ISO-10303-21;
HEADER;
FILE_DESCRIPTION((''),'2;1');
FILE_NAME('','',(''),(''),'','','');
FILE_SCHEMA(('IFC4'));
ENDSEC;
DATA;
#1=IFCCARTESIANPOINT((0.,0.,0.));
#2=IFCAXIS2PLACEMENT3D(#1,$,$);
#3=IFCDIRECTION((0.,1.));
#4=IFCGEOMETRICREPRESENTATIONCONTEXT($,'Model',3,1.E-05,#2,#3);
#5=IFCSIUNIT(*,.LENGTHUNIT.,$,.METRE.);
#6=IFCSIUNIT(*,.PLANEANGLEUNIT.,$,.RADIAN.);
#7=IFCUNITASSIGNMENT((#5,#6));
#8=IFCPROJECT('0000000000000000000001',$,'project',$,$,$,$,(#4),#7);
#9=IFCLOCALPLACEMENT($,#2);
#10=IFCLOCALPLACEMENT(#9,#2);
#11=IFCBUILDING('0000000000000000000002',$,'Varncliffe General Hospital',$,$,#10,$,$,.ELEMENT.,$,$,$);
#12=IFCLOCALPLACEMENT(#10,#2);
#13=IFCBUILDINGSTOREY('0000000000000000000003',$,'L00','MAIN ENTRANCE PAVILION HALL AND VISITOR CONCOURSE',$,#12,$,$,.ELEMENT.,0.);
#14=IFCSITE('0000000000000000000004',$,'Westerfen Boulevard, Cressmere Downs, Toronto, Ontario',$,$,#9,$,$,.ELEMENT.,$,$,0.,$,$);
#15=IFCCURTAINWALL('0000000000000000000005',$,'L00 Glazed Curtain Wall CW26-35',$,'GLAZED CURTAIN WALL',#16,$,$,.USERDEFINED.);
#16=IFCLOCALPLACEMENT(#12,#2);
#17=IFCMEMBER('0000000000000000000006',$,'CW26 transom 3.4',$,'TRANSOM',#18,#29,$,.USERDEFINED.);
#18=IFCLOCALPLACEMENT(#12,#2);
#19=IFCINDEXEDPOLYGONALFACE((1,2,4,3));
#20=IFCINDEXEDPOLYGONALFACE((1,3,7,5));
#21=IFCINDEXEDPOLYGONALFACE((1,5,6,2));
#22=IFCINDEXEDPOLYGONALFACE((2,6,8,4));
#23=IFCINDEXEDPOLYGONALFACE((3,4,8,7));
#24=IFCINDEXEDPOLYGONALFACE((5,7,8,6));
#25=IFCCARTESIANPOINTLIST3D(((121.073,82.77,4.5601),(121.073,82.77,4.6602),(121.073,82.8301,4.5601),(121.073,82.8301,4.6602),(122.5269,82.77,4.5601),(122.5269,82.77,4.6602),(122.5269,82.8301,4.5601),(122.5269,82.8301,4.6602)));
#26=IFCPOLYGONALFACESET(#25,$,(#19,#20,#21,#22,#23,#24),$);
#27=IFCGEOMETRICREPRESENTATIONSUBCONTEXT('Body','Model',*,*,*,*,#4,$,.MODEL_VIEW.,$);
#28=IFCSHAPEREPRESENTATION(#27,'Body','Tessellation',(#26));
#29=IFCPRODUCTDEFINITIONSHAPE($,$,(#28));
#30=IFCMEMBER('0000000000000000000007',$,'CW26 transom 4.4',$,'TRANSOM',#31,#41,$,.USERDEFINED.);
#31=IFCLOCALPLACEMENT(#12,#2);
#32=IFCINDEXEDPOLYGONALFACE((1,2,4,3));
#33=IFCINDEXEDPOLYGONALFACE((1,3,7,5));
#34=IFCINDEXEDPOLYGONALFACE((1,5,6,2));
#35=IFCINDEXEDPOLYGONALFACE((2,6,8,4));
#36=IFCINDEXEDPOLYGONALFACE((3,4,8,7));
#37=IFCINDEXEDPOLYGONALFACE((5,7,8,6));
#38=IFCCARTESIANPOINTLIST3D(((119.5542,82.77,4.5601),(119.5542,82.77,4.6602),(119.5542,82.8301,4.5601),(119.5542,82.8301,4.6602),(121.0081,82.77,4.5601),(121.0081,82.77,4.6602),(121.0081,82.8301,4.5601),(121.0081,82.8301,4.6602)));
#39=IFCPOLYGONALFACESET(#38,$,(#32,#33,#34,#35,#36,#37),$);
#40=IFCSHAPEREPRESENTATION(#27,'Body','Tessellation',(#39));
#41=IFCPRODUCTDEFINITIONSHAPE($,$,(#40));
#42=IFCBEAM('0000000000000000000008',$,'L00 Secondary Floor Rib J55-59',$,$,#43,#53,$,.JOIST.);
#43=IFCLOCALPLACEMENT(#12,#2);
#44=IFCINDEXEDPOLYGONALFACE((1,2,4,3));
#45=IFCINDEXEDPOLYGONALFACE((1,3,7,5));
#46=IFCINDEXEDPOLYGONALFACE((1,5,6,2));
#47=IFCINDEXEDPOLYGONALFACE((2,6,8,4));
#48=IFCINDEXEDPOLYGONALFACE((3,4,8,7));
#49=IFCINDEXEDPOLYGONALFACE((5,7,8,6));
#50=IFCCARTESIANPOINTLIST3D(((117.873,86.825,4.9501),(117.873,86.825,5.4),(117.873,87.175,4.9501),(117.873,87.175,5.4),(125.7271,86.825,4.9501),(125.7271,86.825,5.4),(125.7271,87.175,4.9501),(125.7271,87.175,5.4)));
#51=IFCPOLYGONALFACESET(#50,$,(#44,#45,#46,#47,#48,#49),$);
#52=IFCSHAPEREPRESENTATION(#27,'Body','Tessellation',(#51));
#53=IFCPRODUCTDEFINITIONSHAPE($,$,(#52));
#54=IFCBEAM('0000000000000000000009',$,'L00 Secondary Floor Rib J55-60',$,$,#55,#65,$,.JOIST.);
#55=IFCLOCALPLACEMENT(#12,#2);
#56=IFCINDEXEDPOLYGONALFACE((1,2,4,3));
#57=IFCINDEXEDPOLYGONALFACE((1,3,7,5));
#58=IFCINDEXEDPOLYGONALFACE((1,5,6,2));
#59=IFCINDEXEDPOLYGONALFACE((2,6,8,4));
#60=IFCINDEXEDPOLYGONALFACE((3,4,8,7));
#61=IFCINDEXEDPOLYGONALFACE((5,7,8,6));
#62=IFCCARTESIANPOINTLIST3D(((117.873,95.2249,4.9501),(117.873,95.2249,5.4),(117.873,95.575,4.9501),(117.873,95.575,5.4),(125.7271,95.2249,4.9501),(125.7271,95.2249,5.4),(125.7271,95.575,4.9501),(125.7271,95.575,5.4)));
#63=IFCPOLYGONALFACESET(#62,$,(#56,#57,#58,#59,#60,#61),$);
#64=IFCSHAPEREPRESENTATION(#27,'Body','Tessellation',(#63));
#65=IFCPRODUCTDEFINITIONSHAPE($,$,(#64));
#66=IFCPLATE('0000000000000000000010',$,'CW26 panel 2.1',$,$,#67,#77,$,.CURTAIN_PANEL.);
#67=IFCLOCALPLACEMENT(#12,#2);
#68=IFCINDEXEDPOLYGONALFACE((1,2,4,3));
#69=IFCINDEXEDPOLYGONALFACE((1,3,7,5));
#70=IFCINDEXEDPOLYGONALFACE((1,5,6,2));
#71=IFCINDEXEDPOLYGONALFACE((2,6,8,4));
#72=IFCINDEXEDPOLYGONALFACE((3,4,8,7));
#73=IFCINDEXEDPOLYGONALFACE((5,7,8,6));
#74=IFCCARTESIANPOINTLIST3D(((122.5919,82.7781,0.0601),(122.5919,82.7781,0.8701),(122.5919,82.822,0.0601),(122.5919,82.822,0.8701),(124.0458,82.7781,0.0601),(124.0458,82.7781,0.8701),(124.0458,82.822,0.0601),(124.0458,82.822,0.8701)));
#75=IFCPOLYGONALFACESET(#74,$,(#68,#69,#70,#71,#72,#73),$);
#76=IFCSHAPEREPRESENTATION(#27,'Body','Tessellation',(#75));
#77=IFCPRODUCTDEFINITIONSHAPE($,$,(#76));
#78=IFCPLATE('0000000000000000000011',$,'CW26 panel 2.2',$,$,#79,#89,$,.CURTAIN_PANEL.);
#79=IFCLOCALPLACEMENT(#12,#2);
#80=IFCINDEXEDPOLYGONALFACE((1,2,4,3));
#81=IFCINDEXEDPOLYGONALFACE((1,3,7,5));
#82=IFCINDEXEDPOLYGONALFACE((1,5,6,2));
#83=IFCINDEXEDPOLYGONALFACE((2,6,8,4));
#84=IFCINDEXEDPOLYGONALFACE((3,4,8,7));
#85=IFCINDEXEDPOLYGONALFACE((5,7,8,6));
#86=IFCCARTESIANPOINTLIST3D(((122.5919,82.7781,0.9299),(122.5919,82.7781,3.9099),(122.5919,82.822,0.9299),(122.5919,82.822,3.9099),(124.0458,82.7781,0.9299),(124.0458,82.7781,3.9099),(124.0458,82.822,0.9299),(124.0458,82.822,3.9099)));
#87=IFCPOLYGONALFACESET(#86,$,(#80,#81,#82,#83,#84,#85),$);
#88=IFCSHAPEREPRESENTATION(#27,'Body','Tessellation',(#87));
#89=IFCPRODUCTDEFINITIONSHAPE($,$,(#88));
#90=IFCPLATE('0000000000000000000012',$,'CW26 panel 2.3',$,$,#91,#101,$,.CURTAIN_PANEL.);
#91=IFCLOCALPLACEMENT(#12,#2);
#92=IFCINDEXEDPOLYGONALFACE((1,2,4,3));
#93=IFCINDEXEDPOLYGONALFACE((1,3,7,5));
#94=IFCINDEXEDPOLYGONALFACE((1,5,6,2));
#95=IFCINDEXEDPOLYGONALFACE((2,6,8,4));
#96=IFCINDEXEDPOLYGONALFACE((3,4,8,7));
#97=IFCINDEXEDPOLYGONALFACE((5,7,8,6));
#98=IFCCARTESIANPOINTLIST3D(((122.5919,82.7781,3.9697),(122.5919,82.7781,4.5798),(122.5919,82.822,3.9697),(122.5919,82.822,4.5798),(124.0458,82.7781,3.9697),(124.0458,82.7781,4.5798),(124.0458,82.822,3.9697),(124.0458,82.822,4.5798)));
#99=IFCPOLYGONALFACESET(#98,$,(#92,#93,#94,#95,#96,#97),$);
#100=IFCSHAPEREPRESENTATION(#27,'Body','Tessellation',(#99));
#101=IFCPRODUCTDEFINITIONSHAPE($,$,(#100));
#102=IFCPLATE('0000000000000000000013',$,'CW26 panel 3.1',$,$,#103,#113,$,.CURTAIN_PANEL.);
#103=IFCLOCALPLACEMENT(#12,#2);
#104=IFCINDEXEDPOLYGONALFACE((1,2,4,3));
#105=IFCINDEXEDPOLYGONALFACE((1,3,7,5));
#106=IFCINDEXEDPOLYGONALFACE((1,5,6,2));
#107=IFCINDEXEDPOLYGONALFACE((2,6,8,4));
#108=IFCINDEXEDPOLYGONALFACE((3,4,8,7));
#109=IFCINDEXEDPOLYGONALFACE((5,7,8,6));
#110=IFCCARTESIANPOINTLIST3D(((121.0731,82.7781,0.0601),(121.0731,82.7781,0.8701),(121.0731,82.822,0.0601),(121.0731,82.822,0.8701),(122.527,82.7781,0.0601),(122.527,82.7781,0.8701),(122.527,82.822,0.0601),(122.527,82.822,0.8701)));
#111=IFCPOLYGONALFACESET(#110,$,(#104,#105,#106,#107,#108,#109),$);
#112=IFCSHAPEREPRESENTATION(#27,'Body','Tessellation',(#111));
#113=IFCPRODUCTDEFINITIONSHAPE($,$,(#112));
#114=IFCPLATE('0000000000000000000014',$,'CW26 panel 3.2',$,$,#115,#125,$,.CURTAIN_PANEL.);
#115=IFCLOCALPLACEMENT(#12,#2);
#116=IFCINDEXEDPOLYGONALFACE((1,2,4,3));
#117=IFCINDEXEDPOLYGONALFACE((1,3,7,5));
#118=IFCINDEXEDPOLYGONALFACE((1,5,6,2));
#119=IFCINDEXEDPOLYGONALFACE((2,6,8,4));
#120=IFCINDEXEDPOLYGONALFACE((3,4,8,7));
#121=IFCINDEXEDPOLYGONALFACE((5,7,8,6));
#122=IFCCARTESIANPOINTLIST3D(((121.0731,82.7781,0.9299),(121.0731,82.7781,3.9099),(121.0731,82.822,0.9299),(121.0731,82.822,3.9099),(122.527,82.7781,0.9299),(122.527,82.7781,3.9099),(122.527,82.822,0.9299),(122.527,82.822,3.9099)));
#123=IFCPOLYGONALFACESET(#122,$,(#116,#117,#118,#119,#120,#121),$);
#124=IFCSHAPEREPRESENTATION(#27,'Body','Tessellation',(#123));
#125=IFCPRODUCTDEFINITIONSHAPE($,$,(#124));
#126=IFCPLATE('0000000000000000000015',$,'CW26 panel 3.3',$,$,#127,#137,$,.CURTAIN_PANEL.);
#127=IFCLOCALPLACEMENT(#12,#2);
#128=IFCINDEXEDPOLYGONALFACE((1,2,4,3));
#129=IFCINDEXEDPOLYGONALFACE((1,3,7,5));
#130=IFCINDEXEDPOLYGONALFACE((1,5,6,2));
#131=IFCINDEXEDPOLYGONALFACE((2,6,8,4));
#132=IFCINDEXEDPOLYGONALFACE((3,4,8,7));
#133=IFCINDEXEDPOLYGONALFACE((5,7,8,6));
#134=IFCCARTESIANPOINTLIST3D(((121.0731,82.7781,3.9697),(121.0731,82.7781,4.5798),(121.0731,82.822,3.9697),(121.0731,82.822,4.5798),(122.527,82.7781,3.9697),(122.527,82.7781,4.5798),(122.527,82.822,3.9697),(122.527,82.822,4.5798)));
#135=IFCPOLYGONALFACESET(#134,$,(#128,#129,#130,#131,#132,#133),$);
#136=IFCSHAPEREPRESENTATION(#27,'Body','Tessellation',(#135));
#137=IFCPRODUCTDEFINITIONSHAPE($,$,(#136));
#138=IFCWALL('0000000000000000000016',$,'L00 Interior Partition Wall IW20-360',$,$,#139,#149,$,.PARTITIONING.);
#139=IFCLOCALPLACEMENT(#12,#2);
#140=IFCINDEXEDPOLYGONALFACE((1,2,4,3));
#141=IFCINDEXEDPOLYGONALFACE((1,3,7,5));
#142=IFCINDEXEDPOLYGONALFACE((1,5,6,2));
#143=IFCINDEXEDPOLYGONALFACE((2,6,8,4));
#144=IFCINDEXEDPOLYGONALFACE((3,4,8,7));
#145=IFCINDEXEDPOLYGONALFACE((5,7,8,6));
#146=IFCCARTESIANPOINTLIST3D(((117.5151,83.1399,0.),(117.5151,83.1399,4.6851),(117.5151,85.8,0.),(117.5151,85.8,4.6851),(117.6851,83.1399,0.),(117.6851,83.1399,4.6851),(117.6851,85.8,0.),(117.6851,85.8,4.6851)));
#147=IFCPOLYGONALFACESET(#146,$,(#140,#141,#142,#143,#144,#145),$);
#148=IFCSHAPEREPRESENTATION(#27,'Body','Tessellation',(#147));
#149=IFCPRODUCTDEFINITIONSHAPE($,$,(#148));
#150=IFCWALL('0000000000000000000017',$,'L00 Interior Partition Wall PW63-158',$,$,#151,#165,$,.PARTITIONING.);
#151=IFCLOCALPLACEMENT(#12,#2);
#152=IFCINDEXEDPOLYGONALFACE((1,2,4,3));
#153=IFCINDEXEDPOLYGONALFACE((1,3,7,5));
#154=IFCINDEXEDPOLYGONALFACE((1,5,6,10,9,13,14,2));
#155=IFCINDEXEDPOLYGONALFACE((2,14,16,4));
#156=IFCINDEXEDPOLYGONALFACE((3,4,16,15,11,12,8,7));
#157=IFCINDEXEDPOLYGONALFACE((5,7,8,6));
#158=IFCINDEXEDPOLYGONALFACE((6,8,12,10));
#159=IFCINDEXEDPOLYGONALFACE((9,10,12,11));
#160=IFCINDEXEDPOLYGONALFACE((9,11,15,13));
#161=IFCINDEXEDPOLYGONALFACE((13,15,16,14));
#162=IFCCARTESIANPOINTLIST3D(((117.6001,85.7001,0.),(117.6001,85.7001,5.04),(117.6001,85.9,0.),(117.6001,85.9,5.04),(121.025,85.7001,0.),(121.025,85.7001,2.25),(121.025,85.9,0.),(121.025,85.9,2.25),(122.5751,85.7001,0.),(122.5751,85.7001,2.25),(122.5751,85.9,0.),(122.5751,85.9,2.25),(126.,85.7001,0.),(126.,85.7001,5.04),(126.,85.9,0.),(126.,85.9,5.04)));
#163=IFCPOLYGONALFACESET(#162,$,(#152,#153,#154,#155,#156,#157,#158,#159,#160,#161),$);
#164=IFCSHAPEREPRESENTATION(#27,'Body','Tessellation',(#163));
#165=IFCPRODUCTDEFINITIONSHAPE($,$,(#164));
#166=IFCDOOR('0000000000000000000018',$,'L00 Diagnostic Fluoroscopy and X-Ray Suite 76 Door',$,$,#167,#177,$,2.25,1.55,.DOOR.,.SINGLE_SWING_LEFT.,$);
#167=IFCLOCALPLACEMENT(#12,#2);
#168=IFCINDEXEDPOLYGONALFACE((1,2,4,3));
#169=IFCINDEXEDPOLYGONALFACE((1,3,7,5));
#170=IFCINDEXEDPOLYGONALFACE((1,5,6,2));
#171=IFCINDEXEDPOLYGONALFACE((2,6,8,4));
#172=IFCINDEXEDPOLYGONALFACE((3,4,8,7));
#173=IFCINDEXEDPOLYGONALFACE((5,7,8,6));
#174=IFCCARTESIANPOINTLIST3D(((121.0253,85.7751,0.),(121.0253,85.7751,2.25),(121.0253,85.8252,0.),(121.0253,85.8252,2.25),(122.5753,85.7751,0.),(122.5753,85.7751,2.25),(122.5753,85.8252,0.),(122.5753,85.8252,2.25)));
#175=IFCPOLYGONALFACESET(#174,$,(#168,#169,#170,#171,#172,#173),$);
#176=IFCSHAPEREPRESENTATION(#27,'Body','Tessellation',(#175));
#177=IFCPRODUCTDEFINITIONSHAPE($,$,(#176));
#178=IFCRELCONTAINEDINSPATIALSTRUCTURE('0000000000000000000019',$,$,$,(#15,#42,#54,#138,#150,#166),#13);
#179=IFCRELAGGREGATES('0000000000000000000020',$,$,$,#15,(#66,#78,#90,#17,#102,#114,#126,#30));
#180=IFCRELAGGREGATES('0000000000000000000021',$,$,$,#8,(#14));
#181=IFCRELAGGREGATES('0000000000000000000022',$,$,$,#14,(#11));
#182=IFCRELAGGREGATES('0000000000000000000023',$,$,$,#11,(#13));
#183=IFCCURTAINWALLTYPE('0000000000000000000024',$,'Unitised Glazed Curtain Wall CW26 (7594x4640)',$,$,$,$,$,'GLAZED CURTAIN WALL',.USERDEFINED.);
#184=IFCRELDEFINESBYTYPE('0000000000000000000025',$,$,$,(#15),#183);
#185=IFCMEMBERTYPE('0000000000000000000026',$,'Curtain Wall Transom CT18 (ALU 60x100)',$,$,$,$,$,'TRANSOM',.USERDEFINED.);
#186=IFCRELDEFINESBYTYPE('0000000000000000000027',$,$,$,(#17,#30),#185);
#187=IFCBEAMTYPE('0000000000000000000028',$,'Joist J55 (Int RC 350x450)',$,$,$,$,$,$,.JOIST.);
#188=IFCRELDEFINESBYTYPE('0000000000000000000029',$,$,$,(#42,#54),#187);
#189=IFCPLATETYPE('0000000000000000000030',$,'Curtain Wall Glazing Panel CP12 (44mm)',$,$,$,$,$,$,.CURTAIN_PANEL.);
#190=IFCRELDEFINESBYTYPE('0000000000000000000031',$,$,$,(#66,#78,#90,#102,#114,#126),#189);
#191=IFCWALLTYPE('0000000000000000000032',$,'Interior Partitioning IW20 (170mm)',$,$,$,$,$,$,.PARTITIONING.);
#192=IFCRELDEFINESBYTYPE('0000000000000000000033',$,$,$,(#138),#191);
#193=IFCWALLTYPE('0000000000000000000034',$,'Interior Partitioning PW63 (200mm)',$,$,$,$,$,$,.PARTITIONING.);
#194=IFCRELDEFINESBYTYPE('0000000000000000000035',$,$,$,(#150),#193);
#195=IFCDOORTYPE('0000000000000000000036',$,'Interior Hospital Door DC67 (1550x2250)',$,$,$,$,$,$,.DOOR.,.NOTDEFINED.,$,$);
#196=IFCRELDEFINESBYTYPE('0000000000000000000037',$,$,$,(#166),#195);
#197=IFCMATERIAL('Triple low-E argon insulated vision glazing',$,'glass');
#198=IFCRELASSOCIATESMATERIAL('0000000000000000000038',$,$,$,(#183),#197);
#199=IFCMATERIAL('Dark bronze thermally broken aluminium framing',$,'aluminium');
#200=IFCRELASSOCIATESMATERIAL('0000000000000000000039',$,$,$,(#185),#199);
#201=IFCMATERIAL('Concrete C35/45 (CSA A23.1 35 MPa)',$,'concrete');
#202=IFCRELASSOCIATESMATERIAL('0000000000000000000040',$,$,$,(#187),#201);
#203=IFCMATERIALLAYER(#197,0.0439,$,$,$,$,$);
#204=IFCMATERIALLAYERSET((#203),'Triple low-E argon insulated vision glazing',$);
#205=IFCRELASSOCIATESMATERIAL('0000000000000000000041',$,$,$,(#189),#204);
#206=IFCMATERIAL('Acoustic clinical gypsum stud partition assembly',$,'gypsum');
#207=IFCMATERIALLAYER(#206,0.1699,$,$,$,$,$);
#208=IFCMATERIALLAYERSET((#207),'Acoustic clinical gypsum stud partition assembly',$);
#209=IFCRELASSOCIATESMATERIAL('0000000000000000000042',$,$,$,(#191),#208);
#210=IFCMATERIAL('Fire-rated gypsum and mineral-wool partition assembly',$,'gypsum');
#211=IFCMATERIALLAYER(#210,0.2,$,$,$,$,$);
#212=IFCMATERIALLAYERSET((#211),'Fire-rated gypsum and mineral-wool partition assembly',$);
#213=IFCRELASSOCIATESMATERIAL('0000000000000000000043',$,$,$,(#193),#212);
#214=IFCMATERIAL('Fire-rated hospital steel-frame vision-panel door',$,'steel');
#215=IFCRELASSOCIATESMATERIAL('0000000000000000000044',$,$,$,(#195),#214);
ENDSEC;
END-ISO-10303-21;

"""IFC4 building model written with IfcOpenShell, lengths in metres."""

from ifc_helpers import new_model, si_unit, direction, frame, frame_2d, origin, origin_2d, place, context, subcontext, project, spatial, rectangle, extrude, material, layer, layer_set, material_profile, profile_set, type_object, element, fill, aggregate, save


model = new_model("IFC4")

# Units and contexts
model_context = context("Model", 3, precision=1e-05, world=origin(), true_north=direction((0.0, 1.0)))
body_context = subcontext(model_context, "Body", "Model", "MODEL_VIEW")
ifc_project = project(units=[si_unit("LENGTHUNIT", "METRE"), si_unit("PLANEANGLEUNIT", "RADIAN")], contexts=[model_context])

# Site, building, storey
site_placement = place(None, origin())
site = spatial("IfcSite", under=ifc_project, at=site_placement, Name="Westerfen Boulevard, Cressmere Downs, Toronto, Ontario", CompositionType="ELEMENT", RefElevation=0.0)
building_placement = place(site_placement, origin())
building = spatial("IfcBuilding", under=site, at=building_placement, Name="Varncliffe General Hospital", CompositionType="ELEMENT")
storey_placement = place(building_placement, origin())
storey = spatial("IfcBuildingStorey", under=building, at=storey_placement, Name="L00", Description="MAIN ENTRANCE PAVILION HALL AND VISITOR CONCOURSE", CompositionType="ELEMENT", Elevation=0.0)

# Shared definitions
ifc_material_1 = material(Name="Concrete C35/45 (CSA A23.1 35 MPa)", Category="concrete")

# Curtain wall, members
ifc_material_2 = material(Name="Triple low-E argon insulated vision glazing", Category="glass")
curtain_wall_type = type_object("IfcCurtainWallType", Name="Unitised Glazed Curtain Wall CW26 (7594x4640)", ElementType="GLAZED CURTAIN WALL", PredefinedType="USERDEFINED", material=ifc_material_2)
curtain_wall_placement = place(storey_placement, origin())
curtain_wall = element("IfcCurtainWall", 1, at=curtain_wall_placement, inside=storey, type_object=curtain_wall_type, Name="L00 Glazed Curtain Wall CW26-35", ObjectType="GLAZED CURTAIN WALL", PredefinedType="USERDEFINED")
ifc_material_3 = material(Name="Dark bronze thermally broken aluminium framing", Category="aluminium")
ifc_material_profile_1 = material_profile(ifc_material_3, rectangle(XDim=0.0601, YDim=0.1001, at=origin_2d()), Name="ALU 60x100")
ifc_profile_set_1 = profile_set([ifc_material_profile_1], Name="Dark bronze thermally broken aluminium framing")
member_type_1 = type_object("IfcMemberType", Name="Curtain Wall Transom CT18 (ALU 60x100)", ElementType="TRANSOM", PredefinedType="USERDEFINED", material=ifc_profile_set_1)
member_1_placement = place(storey_placement, frame((122.5269, 82.8, 4.6101), z_axis=(-1.0, 0.0, 0.0), x_axis=(0.0, -1.0, 0.0)))
member_1 = element("IfcMember", 2, at=member_1_placement, type_object=member_type_1, Name="CW26 transom 3.4", ObjectType="TRANSOM", PredefinedType="USERDEFINED", context=body_context, shape_type="SweptSolid", body=[
    extrude(rectangle(XDim=0.0601, YDim=0.1001, at=origin_2d()), origin(), (0.0, 0.0, 1.0), 1.4539),
])
member_2_placement = place(storey_placement, frame((121.0081, 82.8, 4.6101), z_axis=(-1.0, 0.0, 0.0), x_axis=(0.0, -1.0, 0.0)))
member_2 = element("IfcMember", 3, at=member_2_placement, type_object=member_type_1, Name="CW26 transom 4.4", ObjectType="TRANSOM", PredefinedType="USERDEFINED", context=body_context, shape_type="SweptSolid", body=[
    extrude(rectangle(XDim=0.0601, YDim=0.1001, at=origin_2d()), origin(), (0.0, 0.0, 1.0), 1.4539),
])

# Beams
ifc_material_profile_2 = material_profile(ifc_material_1, rectangle(XDim=0.3501, YDim=0.45, at=origin_2d()), Name="RC 350x450")
ifc_profile_set_2 = profile_set([ifc_material_profile_2], Name="Concrete C35/45 (CSA A23.1 35 MPa)")
beam_type_1 = type_object("IfcBeamType", Name="Joist J55 (Int RC 350x450)", PredefinedType="JOIST", material=ifc_profile_set_2)
for number, where, z_axis, x_axis, name in (
    (4, (117.873, 87.0, 5.175), (1.0, 0.0, 0.0), (0.0, 1.0, 0.0), "L00 Secondary Floor Rib J55-59"),
    (5, (117.873, 95.3999, 5.175), (1.0, 0.0, 0.0), (0.0, 1.0, 0.0), "L00 Secondary Floor Rib J55-60"),
):
    element("IfcBeam", number, at=place(storey_placement, frame(where, z_axis=z_axis, x_axis=x_axis)), inside=storey, type_object=beam_type_1, Name=name, PredefinedType="JOIST", context=body_context, shape_type="SweptSolid", body=[
        extrude(rectangle(XDim=0.3501, YDim=0.45, at=origin_2d()), origin(), (0.0, 0.0, 1.0), 7.854),
    ])

# Plates
ifc_layer_1 = layer(ifc_material_2, 0.0439)
ifc_layer_set_1 = layer_set([ifc_layer_1], Name="Triple low-E argon insulated vision glazing")
plate_type = type_object("IfcPlateType", Name="Curtain Wall Glazing Panel CP12 (44mm)", PredefinedType="CURTAIN_PANEL", material=ifc_layer_set_1)
plate_1_placement = place(storey_placement, frame((123.3188, 82.8, 0.0601), z_axis=(0.0, 0.0, 1.0), x_axis=(-1.0, 0.0, 0.0)))
plate_1 = element("IfcPlate", 6, at=plate_1_placement, type_object=plate_type, Name="CW26 panel 2.1", PredefinedType="CURTAIN_PANEL", context=body_context, shape_type="SweptSolid", body=[
    extrude(rectangle(XDim=1.4539, YDim=0.0439, at=origin_2d()), origin(), (0.0, 0.0, 1.0), 0.8101),
])
plate_2_placement = place(storey_placement, frame((123.3188, 82.8, 0.9299), z_axis=(0.0, 0.0, 1.0), x_axis=(-1.0, 0.0, 0.0)))
plate_2 = element("IfcPlate", 7, at=plate_2_placement, type_object=plate_type, Name="CW26 panel 2.2", PredefinedType="CURTAIN_PANEL", context=body_context, shape_type="SweptSolid", body=[
    extrude(rectangle(XDim=1.4539, YDim=0.0439, at=origin_2d()), origin(), (0.0, 0.0, 1.0), 2.98),
])
plate_3_placement = place(storey_placement, frame((123.3188, 82.8, 3.9697), z_axis=(0.0, 0.0, 1.0), x_axis=(-1.0, 0.0, 0.0)))
plate_3 = element("IfcPlate", 8, at=plate_3_placement, type_object=plate_type, Name="CW26 panel 2.3", PredefinedType="CURTAIN_PANEL", context=body_context, shape_type="SweptSolid", body=[
    extrude(rectangle(XDim=1.4539, YDim=0.0439, at=origin_2d()), origin(), (0.0, 0.0, 1.0), 0.6101),
])
plate_4_placement = place(storey_placement, frame((121.8, 82.8, 0.0601), z_axis=(0.0, 0.0, 1.0), x_axis=(-1.0, 0.0, 0.0)))
plate_4 = element("IfcPlate", 9, at=plate_4_placement, type_object=plate_type, Name="CW26 panel 3.1", PredefinedType="CURTAIN_PANEL", context=body_context, shape_type="SweptSolid", body=[
    extrude(rectangle(XDim=1.4539, YDim=0.0439, at=origin_2d()), origin(), (0.0, 0.0, 1.0), 0.8101),
])
plate_5_placement = place(storey_placement, frame((121.8, 82.8, 0.9299), z_axis=(0.0, 0.0, 1.0), x_axis=(-1.0, 0.0, 0.0)))
plate_5 = element("IfcPlate", 10, at=plate_5_placement, type_object=plate_type, Name="CW26 panel 3.2", PredefinedType="CURTAIN_PANEL", context=body_context, shape_type="SweptSolid", body=[
    extrude(rectangle(XDim=1.4539, YDim=0.0439, at=origin_2d()), origin(), (0.0, 0.0, 1.0), 2.98),
])
plate_6_placement = place(storey_placement, frame((121.8, 82.8, 3.9697), z_axis=(0.0, 0.0, 1.0), x_axis=(-1.0, 0.0, 0.0)))
plate_6 = element("IfcPlate", 11, at=plate_6_placement, type_object=plate_type, Name="CW26 panel 3.3", PredefinedType="CURTAIN_PANEL", context=body_context, shape_type="SweptSolid", body=[
    extrude(rectangle(XDim=1.4539, YDim=0.0439, at=origin_2d()), origin(), (0.0, 0.0, 1.0), 0.6101),
])
aggregate(curtain_wall, [plate_1, plate_2, plate_3, member_1, plate_4, plate_5, plate_6, member_2])

# Wall
ifc_material_4 = material(Name="Acoustic clinical gypsum stud partition assembly", Category="gypsum")
ifc_layer_2 = layer(ifc_material_4, 0.1699)
ifc_layer_set_2 = layer_set([ifc_layer_2], Name="Acoustic clinical gypsum stud partition assembly")
wall_type_1 = type_object("IfcWallType", Name="Interior Partitioning IW20 (170mm)", PredefinedType="PARTITIONING", material=ifc_layer_set_2)
wall_1_placement = place(storey_placement, frame((117.6001, 83.1399, 0.0), z_axis=(0.0, 0.0, 1.0), x_axis=(0.0, 1.0, 0.0)))
element("IfcWall", 12, at=wall_1_placement, inside=storey, type_object=wall_type_1, Name="L00 Interior Partition Wall IW20-360", PredefinedType="PARTITIONING", context=body_context, shape_type="SweptSolid", body=[
    extrude(rectangle(XDim=2.6602, YDim=0.1699, at=frame_2d((1.3301, 0.0))), origin(), (0.0, 0.0, 1.0), 4.6851),
])

# Wall, opening, door
ifc_material_5 = material(Name="Fire-rated gypsum and mineral-wool partition assembly", Category="gypsum")
ifc_layer_3 = layer(ifc_material_5, 0.2)
ifc_layer_set_3 = layer_set([ifc_layer_3], Name="Fire-rated gypsum and mineral-wool partition assembly")
wall_type_2 = type_object("IfcWallType", Name="Interior Partitioning PW63 (200mm)", PredefinedType="PARTITIONING", material=ifc_layer_set_3)
wall_2_placement = place(storey_placement, frame((117.6001, 85.8, 0.0), z_axis=(0.0, 0.0, 1.0), x_axis=(1.0, 0.0, 0.0)))
wall_2 = element("IfcWall", 13, at=wall_2_placement, inside=storey, type_object=wall_type_2, Name="L00 Interior Partition Wall PW63-158", PredefinedType="PARTITIONING", context=body_context, shape_type="SweptSolid", body=[
    extrude(rectangle(XDim=8.3999, YDim=0.2, at=frame_2d((4.2, 0.0))), origin(), (0.0, 0.0, 1.0), 5.04),
])
opening_placement = place(wall_2_placement, frame((3.425, 0.0, 0.0)))
opening = element("IfcOpeningElement", 14, at=opening_placement, cuts=wall_2, PredefinedType="OPENING", context=body_context, shape_type="SweptSolid", body=[
    extrude(rectangle(XDim=1.55, YDim=2.25, at=frame_2d((0.7749, 1.125))), frame((0.0, 0.1099, 0.0), z_axis=(0.0, -1.0, 0.0), x_axis=(1.0, 0.0, 0.0)), (0.0, 0.0, 1.0), 0.22),
])
ifc_material_6 = material(Name="Fire-rated hospital steel-frame vision-panel door", Category="steel")
door_type = type_object("IfcDoorType", Name="Interior Hospital Door DC67 (1550x2250)", OperationType="NOTDEFINED", PredefinedType="DOOR", material=ifc_material_6)
door_placement = place(opening_placement, frame((1.55, 0.0, 0.0), z_axis=(0.0, 0.0, 1.0), x_axis=(-1.0, 0.0, 0.0)))
door = element("IfcDoor", 15, at=door_placement, inside=storey, type_object=door_type, Name="L00 Diagnostic Fluoroscopy and X-Ray Suite 76 Door", OperationType="SINGLE_SWING_LEFT", OverallHeight=2.25, OverallWidth=1.55, PredefinedType="DOOR", context=body_context, shape_type="SweptSolid", body=[
    extrude(rectangle(XDim=1.55, YDim=2.25, at=frame_2d((0.7749, 1.125))), frame((0.0, 0.0249, 0.0), z_axis=(0.0, -1.0, 0.0), x_axis=(1.0, 0.0, 0.0)), (0.0, 0.0, 1.0), 0.05),
])
fill(opening, door)

save(model, "model.ifc")
